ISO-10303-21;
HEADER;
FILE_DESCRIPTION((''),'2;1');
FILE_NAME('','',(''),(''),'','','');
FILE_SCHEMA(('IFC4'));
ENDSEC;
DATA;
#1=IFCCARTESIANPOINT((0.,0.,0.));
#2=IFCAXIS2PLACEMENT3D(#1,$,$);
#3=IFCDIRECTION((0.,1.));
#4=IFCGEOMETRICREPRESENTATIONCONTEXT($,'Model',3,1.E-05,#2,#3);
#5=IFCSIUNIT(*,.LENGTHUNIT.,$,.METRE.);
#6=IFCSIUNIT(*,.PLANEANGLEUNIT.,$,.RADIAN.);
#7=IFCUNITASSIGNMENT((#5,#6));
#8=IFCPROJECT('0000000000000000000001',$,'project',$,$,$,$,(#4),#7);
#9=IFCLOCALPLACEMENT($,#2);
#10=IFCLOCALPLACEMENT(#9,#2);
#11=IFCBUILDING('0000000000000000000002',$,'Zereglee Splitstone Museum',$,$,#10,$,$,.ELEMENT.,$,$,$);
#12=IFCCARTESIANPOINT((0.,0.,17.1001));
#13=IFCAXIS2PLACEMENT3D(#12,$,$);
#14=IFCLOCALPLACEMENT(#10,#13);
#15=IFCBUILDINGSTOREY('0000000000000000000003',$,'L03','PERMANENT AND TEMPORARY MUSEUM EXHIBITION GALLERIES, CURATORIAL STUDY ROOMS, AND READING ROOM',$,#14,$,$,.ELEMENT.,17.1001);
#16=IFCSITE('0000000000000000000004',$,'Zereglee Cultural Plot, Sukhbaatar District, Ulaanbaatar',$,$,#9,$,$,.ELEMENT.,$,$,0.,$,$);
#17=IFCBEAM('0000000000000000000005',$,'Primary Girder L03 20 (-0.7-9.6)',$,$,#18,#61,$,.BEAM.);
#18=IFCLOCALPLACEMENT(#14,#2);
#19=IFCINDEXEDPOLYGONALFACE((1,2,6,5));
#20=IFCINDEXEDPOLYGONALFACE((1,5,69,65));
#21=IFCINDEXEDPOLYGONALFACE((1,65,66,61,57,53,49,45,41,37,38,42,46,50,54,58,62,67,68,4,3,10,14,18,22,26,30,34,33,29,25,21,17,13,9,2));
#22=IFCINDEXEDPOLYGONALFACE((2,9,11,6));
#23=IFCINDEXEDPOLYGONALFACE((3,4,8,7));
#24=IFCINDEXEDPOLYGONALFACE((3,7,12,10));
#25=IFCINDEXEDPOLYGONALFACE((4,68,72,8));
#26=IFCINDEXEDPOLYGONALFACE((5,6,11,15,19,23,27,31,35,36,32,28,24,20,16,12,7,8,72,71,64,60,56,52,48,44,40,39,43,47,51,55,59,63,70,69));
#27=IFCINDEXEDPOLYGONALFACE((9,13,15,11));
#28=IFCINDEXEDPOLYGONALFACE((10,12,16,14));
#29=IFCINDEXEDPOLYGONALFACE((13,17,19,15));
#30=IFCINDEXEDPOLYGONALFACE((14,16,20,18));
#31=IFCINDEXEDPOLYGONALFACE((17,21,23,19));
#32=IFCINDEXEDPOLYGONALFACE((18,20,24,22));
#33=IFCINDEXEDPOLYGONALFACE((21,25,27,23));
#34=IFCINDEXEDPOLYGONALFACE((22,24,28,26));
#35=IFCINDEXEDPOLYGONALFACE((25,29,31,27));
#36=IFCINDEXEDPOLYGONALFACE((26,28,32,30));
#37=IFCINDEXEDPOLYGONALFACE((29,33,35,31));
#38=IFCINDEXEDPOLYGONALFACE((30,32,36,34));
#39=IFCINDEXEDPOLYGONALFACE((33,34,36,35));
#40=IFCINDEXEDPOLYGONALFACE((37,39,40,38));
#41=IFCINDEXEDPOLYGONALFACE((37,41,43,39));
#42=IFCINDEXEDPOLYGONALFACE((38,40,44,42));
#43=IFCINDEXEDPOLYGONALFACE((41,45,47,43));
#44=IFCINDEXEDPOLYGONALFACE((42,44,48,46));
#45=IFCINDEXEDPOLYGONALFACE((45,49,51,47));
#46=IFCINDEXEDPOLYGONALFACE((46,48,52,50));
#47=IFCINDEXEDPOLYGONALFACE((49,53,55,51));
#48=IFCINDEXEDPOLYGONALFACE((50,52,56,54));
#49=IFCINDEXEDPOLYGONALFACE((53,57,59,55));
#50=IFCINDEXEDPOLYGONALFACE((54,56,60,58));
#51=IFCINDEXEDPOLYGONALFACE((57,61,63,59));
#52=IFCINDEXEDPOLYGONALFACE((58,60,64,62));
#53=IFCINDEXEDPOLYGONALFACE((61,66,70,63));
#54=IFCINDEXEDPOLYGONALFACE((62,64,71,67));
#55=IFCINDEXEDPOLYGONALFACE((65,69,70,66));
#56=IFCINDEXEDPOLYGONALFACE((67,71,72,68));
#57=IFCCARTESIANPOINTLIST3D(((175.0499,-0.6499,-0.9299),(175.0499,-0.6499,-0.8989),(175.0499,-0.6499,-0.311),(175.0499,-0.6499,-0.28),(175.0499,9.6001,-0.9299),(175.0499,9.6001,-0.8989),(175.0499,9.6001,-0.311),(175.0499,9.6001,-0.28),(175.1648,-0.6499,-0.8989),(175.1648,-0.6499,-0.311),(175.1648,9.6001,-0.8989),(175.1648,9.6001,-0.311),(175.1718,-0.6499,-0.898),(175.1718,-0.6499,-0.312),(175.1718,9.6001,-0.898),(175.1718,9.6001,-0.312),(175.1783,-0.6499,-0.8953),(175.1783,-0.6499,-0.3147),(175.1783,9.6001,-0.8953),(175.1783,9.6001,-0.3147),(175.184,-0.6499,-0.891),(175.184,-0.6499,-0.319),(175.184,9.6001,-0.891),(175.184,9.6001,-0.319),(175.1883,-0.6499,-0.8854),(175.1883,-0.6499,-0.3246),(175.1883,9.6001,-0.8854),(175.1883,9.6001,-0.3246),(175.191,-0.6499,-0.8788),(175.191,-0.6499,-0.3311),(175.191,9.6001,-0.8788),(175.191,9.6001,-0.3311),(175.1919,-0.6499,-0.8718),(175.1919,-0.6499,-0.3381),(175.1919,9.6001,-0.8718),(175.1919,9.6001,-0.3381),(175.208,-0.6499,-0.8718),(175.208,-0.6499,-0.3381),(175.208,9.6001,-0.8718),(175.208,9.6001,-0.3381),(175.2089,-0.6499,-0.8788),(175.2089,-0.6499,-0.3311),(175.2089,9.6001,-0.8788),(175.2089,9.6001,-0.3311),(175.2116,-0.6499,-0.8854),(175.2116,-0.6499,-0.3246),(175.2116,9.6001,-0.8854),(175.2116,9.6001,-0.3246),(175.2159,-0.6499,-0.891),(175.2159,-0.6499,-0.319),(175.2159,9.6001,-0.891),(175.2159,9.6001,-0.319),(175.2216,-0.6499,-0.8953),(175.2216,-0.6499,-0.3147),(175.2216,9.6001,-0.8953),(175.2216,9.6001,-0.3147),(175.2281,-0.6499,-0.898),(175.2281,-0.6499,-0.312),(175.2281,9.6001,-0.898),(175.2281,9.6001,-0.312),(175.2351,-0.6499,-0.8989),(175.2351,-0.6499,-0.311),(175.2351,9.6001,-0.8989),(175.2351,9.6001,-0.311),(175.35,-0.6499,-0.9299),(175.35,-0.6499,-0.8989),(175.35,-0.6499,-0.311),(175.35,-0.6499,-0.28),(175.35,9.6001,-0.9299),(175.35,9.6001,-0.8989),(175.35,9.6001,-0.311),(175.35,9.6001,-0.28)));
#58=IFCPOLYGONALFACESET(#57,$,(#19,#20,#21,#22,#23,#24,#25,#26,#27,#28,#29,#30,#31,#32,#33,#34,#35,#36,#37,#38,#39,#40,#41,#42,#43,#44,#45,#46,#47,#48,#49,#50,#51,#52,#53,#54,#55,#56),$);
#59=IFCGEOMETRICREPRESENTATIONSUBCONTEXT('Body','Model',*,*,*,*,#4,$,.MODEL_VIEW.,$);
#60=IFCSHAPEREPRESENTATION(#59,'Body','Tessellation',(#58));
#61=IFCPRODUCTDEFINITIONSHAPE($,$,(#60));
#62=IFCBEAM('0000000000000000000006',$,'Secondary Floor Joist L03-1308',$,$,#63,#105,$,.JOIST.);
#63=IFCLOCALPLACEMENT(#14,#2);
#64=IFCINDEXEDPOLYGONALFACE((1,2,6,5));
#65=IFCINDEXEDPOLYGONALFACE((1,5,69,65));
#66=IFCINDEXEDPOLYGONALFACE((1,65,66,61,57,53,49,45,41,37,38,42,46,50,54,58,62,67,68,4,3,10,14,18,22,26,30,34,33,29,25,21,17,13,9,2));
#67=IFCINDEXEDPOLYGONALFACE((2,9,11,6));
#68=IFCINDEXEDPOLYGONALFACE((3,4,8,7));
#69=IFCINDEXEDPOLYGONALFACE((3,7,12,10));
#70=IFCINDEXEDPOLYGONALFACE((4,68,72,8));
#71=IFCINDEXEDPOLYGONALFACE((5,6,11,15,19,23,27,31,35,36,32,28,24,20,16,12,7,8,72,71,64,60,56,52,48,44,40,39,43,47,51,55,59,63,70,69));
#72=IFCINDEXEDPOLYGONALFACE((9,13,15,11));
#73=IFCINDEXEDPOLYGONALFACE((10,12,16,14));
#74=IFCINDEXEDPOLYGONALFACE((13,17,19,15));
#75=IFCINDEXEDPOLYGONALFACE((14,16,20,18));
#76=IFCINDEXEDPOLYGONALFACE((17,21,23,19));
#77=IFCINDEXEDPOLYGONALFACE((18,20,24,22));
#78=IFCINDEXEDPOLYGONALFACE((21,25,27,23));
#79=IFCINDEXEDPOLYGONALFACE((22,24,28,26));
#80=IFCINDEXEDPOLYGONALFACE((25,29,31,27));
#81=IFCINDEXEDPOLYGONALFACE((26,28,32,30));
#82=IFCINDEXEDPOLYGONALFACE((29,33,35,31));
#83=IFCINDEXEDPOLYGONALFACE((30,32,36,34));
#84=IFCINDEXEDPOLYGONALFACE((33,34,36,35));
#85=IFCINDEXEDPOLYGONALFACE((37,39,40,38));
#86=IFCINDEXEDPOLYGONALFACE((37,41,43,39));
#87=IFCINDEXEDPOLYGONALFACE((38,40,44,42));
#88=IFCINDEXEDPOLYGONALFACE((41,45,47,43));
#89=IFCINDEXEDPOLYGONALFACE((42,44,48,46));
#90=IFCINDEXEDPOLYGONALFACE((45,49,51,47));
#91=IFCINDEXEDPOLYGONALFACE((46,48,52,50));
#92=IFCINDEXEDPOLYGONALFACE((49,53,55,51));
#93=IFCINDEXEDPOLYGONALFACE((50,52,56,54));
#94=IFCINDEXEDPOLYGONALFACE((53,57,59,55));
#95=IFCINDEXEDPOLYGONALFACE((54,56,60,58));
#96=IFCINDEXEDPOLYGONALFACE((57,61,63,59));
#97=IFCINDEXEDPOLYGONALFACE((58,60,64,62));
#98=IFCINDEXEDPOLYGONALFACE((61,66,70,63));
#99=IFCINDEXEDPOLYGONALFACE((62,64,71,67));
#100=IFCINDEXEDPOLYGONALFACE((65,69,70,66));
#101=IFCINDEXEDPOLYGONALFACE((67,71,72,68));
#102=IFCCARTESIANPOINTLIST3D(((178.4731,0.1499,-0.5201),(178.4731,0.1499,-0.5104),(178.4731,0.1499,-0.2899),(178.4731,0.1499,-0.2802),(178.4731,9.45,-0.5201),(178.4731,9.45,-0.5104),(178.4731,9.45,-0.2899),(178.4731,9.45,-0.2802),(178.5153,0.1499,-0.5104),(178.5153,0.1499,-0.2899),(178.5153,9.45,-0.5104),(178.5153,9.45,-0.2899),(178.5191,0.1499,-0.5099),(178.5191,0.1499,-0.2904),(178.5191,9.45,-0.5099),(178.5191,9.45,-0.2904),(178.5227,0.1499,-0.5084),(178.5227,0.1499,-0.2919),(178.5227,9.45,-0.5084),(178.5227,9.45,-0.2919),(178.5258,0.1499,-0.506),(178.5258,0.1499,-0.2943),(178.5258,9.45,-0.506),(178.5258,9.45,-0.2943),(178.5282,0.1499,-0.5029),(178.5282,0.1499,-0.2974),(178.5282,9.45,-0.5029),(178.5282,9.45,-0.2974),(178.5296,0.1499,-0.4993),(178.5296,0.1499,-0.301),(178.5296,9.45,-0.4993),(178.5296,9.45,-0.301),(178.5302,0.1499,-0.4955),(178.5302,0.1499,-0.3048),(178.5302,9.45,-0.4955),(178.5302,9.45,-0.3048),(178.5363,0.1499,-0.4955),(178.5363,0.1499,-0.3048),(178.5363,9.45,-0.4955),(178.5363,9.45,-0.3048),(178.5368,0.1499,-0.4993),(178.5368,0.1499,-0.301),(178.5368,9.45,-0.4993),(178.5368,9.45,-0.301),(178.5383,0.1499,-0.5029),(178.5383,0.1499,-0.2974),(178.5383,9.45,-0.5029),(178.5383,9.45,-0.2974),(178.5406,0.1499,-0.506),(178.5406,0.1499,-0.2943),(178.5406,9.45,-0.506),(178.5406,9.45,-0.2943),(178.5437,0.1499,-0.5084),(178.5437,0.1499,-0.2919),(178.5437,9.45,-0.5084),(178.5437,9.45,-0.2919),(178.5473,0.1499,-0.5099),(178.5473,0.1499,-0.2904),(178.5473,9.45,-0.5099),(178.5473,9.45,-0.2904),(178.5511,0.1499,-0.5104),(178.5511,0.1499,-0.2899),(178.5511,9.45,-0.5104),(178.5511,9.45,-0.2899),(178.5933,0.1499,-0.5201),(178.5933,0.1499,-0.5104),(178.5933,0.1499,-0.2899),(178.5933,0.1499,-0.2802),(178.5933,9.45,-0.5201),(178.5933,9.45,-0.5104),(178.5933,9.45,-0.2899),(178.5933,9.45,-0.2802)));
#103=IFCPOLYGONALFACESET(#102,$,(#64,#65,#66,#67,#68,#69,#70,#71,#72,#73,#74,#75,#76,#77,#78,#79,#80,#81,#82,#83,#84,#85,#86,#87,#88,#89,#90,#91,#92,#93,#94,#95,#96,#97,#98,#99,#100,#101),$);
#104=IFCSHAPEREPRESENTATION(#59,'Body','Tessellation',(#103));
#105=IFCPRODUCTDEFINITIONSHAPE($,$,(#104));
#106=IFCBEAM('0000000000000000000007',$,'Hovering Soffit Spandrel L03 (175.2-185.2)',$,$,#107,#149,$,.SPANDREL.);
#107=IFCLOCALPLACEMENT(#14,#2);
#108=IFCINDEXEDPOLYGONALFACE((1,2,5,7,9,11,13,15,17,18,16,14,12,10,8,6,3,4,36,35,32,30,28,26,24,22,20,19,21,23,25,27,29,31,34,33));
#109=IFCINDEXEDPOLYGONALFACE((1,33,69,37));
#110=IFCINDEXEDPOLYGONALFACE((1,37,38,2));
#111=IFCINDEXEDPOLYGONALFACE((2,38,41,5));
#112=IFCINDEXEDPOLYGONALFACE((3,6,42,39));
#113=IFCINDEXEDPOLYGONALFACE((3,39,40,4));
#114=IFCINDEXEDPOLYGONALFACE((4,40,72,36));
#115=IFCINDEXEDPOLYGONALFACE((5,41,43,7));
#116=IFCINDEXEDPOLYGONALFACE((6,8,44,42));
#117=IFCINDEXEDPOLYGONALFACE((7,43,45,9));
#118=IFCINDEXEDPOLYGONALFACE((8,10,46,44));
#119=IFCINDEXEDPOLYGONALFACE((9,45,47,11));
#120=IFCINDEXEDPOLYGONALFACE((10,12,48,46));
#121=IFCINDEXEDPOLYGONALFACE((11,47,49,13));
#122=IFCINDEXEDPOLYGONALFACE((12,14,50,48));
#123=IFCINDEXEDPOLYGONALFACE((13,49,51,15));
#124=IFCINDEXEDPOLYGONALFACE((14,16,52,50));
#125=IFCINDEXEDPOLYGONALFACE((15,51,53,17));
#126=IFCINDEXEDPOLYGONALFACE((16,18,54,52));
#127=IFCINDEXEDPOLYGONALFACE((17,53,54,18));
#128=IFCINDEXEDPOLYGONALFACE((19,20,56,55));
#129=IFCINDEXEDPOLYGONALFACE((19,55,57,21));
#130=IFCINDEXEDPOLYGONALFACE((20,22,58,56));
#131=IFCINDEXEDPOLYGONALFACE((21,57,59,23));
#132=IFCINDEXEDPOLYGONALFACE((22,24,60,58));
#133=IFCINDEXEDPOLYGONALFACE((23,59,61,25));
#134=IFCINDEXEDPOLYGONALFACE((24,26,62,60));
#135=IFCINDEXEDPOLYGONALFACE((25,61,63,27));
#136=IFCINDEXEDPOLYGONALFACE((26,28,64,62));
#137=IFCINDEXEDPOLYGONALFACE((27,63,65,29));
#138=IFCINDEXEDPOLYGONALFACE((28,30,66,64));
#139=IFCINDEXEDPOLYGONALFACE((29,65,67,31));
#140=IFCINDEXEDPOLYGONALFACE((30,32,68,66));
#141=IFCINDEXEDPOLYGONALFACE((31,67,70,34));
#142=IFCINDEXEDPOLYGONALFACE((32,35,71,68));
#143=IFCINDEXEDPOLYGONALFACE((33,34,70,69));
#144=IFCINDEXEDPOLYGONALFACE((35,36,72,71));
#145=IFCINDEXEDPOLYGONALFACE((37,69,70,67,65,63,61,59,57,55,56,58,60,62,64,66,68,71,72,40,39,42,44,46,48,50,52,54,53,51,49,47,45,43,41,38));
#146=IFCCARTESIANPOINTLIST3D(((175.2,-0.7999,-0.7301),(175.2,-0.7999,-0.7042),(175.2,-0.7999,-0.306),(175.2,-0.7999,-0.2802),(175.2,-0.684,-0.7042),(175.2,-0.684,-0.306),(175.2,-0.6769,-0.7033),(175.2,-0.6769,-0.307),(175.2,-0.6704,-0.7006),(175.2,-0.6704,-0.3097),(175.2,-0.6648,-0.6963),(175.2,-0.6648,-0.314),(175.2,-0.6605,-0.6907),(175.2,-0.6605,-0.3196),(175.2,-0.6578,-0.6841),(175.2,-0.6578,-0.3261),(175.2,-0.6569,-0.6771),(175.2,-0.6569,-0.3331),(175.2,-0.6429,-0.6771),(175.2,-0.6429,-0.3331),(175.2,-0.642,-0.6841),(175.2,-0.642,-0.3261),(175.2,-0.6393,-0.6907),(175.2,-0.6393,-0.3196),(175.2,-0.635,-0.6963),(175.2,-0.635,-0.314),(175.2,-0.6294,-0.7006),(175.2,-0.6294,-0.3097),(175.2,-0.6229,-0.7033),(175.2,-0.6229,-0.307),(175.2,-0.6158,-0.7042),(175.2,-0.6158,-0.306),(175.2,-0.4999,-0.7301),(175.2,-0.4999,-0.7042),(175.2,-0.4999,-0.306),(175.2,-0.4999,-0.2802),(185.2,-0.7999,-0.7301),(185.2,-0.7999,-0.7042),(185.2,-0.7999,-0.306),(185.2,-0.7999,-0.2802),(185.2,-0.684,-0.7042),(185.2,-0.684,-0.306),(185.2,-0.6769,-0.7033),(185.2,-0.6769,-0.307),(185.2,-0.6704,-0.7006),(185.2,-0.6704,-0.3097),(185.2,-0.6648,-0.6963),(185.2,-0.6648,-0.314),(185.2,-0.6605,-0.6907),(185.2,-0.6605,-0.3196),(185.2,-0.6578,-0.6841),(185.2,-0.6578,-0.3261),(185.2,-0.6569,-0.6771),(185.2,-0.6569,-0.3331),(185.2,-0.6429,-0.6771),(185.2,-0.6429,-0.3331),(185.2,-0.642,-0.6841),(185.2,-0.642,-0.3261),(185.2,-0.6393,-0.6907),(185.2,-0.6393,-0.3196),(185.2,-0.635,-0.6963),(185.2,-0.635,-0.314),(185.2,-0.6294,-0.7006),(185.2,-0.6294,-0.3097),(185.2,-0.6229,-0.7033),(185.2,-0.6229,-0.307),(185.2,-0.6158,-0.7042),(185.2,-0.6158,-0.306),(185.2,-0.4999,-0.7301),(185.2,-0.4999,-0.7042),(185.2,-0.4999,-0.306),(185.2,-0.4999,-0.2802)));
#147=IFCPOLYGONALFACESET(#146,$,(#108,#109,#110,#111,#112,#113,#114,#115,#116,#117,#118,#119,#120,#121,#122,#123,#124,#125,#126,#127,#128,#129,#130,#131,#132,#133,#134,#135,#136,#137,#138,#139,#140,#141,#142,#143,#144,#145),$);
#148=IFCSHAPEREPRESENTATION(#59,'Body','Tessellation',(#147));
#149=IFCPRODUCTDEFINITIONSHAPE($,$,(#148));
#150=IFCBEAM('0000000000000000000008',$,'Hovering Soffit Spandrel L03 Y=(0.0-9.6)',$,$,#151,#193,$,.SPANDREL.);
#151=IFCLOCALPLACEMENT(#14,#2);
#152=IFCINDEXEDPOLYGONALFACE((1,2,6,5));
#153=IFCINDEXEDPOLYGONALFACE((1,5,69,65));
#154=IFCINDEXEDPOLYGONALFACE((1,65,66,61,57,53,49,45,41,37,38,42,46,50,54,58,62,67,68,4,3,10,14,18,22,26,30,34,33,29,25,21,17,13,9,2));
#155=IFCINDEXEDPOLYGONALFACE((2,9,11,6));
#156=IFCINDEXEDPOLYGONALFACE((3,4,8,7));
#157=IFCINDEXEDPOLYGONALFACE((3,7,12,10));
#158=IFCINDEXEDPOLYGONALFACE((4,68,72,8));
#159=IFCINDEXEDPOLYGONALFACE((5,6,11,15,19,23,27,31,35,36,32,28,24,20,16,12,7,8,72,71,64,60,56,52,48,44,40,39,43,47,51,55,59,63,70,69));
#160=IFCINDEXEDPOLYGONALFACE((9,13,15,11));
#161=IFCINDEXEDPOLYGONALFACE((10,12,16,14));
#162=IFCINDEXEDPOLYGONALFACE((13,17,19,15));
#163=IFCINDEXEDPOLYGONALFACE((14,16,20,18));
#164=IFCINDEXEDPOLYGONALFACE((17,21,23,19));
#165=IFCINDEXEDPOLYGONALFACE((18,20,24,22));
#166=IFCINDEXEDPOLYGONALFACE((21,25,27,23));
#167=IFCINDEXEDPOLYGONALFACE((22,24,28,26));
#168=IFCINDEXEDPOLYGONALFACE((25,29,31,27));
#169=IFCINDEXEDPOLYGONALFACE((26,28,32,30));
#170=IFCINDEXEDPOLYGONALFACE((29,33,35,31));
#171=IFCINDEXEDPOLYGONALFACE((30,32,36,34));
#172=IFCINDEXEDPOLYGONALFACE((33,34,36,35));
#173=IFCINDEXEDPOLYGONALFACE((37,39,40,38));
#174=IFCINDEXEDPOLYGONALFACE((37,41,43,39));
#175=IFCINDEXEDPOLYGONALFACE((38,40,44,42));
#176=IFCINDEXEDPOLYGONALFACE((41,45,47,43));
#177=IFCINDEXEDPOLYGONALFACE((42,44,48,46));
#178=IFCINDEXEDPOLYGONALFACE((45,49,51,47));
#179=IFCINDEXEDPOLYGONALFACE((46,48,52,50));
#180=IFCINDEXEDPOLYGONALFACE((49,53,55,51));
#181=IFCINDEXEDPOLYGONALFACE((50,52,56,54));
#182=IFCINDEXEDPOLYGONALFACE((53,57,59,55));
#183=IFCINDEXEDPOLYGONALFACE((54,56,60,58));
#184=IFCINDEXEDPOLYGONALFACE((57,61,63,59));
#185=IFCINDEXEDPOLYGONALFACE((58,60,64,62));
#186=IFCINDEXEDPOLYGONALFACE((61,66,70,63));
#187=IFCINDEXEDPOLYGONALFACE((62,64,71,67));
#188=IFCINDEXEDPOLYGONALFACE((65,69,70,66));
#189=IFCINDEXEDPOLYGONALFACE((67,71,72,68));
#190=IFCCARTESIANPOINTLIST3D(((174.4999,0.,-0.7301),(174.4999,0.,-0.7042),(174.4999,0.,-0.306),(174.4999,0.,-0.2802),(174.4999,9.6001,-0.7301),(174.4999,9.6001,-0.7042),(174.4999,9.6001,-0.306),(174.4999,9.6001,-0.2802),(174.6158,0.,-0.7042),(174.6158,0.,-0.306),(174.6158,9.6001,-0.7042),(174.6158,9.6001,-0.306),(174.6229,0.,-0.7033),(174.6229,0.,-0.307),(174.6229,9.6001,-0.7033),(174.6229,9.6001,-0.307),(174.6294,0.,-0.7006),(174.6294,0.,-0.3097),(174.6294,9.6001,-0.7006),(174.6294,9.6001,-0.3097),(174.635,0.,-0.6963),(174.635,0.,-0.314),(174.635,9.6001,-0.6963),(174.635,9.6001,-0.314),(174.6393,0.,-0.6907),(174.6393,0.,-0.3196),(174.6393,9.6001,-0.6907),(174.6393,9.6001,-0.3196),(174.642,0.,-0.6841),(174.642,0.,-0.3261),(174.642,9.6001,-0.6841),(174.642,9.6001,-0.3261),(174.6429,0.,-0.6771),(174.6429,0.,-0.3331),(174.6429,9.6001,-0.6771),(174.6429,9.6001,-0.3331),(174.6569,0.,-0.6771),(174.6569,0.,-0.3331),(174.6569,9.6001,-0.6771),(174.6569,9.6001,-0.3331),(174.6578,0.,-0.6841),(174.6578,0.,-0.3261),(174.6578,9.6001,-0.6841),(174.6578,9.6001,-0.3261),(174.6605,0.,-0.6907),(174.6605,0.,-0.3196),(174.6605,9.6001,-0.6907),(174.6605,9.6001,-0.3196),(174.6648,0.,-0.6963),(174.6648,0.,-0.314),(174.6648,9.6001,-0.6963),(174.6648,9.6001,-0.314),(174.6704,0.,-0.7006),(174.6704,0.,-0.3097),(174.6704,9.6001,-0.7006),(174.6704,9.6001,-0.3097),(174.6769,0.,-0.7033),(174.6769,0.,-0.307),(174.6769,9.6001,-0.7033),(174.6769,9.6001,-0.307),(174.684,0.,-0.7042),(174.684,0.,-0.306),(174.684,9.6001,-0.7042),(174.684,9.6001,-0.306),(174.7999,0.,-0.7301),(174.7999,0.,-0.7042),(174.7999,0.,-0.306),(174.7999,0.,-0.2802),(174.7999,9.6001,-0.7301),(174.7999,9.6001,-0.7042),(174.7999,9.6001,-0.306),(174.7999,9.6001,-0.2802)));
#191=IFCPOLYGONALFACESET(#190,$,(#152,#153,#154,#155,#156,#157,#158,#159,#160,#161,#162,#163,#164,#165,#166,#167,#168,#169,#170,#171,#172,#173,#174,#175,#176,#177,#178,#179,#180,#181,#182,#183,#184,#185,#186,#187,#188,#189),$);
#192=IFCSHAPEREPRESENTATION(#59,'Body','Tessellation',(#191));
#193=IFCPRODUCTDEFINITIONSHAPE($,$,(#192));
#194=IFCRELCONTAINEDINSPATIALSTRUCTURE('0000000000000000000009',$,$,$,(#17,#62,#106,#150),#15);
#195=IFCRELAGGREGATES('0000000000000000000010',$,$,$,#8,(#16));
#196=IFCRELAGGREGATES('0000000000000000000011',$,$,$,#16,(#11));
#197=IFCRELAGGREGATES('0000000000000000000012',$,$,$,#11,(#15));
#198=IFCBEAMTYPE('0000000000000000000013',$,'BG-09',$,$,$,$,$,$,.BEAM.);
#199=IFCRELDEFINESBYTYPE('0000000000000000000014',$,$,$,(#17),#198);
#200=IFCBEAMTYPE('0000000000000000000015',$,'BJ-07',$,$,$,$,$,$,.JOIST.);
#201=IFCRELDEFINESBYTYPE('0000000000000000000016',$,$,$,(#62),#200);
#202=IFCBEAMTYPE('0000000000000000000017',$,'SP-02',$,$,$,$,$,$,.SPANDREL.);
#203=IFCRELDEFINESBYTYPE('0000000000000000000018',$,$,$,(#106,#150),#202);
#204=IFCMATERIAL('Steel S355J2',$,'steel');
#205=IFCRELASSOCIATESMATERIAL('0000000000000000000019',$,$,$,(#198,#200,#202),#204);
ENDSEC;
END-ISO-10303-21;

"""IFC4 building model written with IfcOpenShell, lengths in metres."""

from ifc_helpers import new_model, si_unit, direction, frame, origin, origin_2d, place, context, subcontext, project, spatial, i_section, extrude, material, material_profile, profile_set, type_object, element, save


model = new_model("IFC4")

# Units and contexts
model_context = context("Model", 3, precision=1e-05, world=origin(), true_north=direction((0.0, 1.0)))
body_context = subcontext(model_context, "Body", "Model", "MODEL_VIEW")
ifc_project = project(units=[si_unit("LENGTHUNIT", "METRE"), si_unit("PLANEANGLEUNIT", "RADIAN")], contexts=[model_context])

# Site, building, storey
site_placement = place(None, origin())
site = spatial("IfcSite", under=ifc_project, at=site_placement, Name="Zereglee Cultural Plot, Sukhbaatar District, Ulaanbaatar", CompositionType="ELEMENT", RefElevation=0.0)
building_placement = place(site_placement, origin())
building = spatial("IfcBuilding", under=site, at=building_placement, Name="Zereglee Splitstone Museum", CompositionType="ELEMENT")
storey_placement = place(building_placement, frame((0.0, 0.0, 17.1001)))
storey = spatial("IfcBuildingStorey", under=building, at=storey_placement, Name="L03", Description="PERMANENT AND TEMPORARY MUSEUM EXHIBITION GALLERIES, CURATORIAL STUDY ROOMS, AND READING ROOM", CompositionType="ELEMENT", Elevation=17.1001)

# Shared definitions
ifc_material_1 = material(Name="Steel S355J2", Category="steel")

# Beams
ifc_material_profile_1 = material_profile(ifc_material_1, i_section(OverallWidth=0.3, OverallDepth=0.6499, WebThickness=0.0161, FlangeThickness=0.031, FilletRadius=0.0271, at=origin_2d()), Name="HE 650 B")
ifc_profile_set_1 = profile_set([ifc_material_profile_1], Name="Steel S355J2")
beam_type_1 = type_object("IfcBeamType", Name="BG-09", PredefinedType="BEAM", material=ifc_profile_set_1)
beam_1_placement = place(storey_placement, frame((175.2, -0.6499, -0.605), z_axis=(0.0, 1.0, 0.0), x_axis=(-1.0, 0.0, 0.0)))
element("IfcBeam", 1, at=beam_1_placement, inside=storey, type_object=beam_type_1, Name="Primary Girder L03 20 (-0.7-9.6)", PredefinedType="BEAM", context=body_context, shape_type="SweptSolid", body=[
    extrude(i_section(OverallWidth=0.3, OverallDepth=0.6499, WebThickness=0.0161, FlangeThickness=0.031, FilletRadius=0.0271, at=origin_2d()), origin(), (0.0, 0.0, 1.0), 10.25),
])
ifc_material_profile_2 = material_profile(ifc_material_1, i_section(OverallWidth=0.1201, OverallDepth=0.24, WebThickness=0.0061, FlangeThickness=0.0098, FilletRadius=0.0149, at=origin_2d()), Name="IPE 240")
ifc_profile_set_2 = profile_set([ifc_material_profile_2], Name="Steel S355J2")
beam_type_2 = type_object("IfcBeamType", Name="BJ-07", PredefinedType="JOIST", material=ifc_profile_set_2)
beam_2_placement = place(storey_placement, frame((178.5332, 0.1499, -0.4001), z_axis=(0.0, 1.0, 0.0), x_axis=(-1.0, 0.0, 0.0)))
element("IfcBeam", 2, at=beam_2_placement, inside=storey, type_object=beam_type_2, Name="Secondary Floor Joist L03-1308", PredefinedType="JOIST", context=body_context, shape_type="SweptSolid", body=[
    extrude(i_section(OverallWidth=0.1201, OverallDepth=0.24, WebThickness=0.0061, FlangeThickness=0.0098, FilletRadius=0.0149, at=origin_2d()), origin(), (0.0, 0.0, 1.0), 9.3),
])
ifc_material_profile_3 = material_profile(ifc_material_1, i_section(OverallWidth=0.3, OverallDepth=0.45, WebThickness=0.0139, FlangeThickness=0.0259, FilletRadius=0.0271, at=origin_2d()), Name="HE 450 B")
ifc_profile_set_3 = profile_set([ifc_material_profile_3], Name="Steel S355J2")
beam_type_3 = type_object("IfcBeamType", Name="SP-02", PredefinedType="SPANDREL", material=ifc_profile_set_3)
beam_3_placement = place(storey_placement, frame((175.2, -0.6499, -0.5051), z_axis=(1.0, 0.0, 0.0), x_axis=(0.0, 1.0, 0.0)))
element("IfcBeam", 3, at=beam_3_placement, inside=storey, type_object=beam_type_3, Name="Hovering Soffit Spandrel L03 (175.2-185.2)", PredefinedType="SPANDREL", context=body_context, shape_type="SweptSolid", body=[
    extrude(i_section(OverallWidth=0.3, OverallDepth=0.45, WebThickness=0.0139, FlangeThickness=0.0259, FilletRadius=0.0271, at=origin_2d()), origin(), (0.0, 0.0, 1.0), 10.0),
])
beam_4_placement = place(storey_placement, frame((174.6499, 0.0, -0.5051), z_axis=(0.0, 1.0, 0.0), x_axis=(-1.0, 0.0, 0.0)))
element("IfcBeam", 4, at=beam_4_placement, inside=storey, type_object=beam_type_3, Name="Hovering Soffit Spandrel L03 Y=(0.0-9.6)", PredefinedType="SPANDREL", context=body_context, shape_type="SweptSolid", body=[
    extrude(i_section(OverallWidth=0.3, OverallDepth=0.45, WebThickness=0.0139, FlangeThickness=0.0259, FilletRadius=0.0271, at=origin_2d()), origin(), (0.0, 0.0, 1.0), 9.6001),
])

save(model, "model.ifc")
